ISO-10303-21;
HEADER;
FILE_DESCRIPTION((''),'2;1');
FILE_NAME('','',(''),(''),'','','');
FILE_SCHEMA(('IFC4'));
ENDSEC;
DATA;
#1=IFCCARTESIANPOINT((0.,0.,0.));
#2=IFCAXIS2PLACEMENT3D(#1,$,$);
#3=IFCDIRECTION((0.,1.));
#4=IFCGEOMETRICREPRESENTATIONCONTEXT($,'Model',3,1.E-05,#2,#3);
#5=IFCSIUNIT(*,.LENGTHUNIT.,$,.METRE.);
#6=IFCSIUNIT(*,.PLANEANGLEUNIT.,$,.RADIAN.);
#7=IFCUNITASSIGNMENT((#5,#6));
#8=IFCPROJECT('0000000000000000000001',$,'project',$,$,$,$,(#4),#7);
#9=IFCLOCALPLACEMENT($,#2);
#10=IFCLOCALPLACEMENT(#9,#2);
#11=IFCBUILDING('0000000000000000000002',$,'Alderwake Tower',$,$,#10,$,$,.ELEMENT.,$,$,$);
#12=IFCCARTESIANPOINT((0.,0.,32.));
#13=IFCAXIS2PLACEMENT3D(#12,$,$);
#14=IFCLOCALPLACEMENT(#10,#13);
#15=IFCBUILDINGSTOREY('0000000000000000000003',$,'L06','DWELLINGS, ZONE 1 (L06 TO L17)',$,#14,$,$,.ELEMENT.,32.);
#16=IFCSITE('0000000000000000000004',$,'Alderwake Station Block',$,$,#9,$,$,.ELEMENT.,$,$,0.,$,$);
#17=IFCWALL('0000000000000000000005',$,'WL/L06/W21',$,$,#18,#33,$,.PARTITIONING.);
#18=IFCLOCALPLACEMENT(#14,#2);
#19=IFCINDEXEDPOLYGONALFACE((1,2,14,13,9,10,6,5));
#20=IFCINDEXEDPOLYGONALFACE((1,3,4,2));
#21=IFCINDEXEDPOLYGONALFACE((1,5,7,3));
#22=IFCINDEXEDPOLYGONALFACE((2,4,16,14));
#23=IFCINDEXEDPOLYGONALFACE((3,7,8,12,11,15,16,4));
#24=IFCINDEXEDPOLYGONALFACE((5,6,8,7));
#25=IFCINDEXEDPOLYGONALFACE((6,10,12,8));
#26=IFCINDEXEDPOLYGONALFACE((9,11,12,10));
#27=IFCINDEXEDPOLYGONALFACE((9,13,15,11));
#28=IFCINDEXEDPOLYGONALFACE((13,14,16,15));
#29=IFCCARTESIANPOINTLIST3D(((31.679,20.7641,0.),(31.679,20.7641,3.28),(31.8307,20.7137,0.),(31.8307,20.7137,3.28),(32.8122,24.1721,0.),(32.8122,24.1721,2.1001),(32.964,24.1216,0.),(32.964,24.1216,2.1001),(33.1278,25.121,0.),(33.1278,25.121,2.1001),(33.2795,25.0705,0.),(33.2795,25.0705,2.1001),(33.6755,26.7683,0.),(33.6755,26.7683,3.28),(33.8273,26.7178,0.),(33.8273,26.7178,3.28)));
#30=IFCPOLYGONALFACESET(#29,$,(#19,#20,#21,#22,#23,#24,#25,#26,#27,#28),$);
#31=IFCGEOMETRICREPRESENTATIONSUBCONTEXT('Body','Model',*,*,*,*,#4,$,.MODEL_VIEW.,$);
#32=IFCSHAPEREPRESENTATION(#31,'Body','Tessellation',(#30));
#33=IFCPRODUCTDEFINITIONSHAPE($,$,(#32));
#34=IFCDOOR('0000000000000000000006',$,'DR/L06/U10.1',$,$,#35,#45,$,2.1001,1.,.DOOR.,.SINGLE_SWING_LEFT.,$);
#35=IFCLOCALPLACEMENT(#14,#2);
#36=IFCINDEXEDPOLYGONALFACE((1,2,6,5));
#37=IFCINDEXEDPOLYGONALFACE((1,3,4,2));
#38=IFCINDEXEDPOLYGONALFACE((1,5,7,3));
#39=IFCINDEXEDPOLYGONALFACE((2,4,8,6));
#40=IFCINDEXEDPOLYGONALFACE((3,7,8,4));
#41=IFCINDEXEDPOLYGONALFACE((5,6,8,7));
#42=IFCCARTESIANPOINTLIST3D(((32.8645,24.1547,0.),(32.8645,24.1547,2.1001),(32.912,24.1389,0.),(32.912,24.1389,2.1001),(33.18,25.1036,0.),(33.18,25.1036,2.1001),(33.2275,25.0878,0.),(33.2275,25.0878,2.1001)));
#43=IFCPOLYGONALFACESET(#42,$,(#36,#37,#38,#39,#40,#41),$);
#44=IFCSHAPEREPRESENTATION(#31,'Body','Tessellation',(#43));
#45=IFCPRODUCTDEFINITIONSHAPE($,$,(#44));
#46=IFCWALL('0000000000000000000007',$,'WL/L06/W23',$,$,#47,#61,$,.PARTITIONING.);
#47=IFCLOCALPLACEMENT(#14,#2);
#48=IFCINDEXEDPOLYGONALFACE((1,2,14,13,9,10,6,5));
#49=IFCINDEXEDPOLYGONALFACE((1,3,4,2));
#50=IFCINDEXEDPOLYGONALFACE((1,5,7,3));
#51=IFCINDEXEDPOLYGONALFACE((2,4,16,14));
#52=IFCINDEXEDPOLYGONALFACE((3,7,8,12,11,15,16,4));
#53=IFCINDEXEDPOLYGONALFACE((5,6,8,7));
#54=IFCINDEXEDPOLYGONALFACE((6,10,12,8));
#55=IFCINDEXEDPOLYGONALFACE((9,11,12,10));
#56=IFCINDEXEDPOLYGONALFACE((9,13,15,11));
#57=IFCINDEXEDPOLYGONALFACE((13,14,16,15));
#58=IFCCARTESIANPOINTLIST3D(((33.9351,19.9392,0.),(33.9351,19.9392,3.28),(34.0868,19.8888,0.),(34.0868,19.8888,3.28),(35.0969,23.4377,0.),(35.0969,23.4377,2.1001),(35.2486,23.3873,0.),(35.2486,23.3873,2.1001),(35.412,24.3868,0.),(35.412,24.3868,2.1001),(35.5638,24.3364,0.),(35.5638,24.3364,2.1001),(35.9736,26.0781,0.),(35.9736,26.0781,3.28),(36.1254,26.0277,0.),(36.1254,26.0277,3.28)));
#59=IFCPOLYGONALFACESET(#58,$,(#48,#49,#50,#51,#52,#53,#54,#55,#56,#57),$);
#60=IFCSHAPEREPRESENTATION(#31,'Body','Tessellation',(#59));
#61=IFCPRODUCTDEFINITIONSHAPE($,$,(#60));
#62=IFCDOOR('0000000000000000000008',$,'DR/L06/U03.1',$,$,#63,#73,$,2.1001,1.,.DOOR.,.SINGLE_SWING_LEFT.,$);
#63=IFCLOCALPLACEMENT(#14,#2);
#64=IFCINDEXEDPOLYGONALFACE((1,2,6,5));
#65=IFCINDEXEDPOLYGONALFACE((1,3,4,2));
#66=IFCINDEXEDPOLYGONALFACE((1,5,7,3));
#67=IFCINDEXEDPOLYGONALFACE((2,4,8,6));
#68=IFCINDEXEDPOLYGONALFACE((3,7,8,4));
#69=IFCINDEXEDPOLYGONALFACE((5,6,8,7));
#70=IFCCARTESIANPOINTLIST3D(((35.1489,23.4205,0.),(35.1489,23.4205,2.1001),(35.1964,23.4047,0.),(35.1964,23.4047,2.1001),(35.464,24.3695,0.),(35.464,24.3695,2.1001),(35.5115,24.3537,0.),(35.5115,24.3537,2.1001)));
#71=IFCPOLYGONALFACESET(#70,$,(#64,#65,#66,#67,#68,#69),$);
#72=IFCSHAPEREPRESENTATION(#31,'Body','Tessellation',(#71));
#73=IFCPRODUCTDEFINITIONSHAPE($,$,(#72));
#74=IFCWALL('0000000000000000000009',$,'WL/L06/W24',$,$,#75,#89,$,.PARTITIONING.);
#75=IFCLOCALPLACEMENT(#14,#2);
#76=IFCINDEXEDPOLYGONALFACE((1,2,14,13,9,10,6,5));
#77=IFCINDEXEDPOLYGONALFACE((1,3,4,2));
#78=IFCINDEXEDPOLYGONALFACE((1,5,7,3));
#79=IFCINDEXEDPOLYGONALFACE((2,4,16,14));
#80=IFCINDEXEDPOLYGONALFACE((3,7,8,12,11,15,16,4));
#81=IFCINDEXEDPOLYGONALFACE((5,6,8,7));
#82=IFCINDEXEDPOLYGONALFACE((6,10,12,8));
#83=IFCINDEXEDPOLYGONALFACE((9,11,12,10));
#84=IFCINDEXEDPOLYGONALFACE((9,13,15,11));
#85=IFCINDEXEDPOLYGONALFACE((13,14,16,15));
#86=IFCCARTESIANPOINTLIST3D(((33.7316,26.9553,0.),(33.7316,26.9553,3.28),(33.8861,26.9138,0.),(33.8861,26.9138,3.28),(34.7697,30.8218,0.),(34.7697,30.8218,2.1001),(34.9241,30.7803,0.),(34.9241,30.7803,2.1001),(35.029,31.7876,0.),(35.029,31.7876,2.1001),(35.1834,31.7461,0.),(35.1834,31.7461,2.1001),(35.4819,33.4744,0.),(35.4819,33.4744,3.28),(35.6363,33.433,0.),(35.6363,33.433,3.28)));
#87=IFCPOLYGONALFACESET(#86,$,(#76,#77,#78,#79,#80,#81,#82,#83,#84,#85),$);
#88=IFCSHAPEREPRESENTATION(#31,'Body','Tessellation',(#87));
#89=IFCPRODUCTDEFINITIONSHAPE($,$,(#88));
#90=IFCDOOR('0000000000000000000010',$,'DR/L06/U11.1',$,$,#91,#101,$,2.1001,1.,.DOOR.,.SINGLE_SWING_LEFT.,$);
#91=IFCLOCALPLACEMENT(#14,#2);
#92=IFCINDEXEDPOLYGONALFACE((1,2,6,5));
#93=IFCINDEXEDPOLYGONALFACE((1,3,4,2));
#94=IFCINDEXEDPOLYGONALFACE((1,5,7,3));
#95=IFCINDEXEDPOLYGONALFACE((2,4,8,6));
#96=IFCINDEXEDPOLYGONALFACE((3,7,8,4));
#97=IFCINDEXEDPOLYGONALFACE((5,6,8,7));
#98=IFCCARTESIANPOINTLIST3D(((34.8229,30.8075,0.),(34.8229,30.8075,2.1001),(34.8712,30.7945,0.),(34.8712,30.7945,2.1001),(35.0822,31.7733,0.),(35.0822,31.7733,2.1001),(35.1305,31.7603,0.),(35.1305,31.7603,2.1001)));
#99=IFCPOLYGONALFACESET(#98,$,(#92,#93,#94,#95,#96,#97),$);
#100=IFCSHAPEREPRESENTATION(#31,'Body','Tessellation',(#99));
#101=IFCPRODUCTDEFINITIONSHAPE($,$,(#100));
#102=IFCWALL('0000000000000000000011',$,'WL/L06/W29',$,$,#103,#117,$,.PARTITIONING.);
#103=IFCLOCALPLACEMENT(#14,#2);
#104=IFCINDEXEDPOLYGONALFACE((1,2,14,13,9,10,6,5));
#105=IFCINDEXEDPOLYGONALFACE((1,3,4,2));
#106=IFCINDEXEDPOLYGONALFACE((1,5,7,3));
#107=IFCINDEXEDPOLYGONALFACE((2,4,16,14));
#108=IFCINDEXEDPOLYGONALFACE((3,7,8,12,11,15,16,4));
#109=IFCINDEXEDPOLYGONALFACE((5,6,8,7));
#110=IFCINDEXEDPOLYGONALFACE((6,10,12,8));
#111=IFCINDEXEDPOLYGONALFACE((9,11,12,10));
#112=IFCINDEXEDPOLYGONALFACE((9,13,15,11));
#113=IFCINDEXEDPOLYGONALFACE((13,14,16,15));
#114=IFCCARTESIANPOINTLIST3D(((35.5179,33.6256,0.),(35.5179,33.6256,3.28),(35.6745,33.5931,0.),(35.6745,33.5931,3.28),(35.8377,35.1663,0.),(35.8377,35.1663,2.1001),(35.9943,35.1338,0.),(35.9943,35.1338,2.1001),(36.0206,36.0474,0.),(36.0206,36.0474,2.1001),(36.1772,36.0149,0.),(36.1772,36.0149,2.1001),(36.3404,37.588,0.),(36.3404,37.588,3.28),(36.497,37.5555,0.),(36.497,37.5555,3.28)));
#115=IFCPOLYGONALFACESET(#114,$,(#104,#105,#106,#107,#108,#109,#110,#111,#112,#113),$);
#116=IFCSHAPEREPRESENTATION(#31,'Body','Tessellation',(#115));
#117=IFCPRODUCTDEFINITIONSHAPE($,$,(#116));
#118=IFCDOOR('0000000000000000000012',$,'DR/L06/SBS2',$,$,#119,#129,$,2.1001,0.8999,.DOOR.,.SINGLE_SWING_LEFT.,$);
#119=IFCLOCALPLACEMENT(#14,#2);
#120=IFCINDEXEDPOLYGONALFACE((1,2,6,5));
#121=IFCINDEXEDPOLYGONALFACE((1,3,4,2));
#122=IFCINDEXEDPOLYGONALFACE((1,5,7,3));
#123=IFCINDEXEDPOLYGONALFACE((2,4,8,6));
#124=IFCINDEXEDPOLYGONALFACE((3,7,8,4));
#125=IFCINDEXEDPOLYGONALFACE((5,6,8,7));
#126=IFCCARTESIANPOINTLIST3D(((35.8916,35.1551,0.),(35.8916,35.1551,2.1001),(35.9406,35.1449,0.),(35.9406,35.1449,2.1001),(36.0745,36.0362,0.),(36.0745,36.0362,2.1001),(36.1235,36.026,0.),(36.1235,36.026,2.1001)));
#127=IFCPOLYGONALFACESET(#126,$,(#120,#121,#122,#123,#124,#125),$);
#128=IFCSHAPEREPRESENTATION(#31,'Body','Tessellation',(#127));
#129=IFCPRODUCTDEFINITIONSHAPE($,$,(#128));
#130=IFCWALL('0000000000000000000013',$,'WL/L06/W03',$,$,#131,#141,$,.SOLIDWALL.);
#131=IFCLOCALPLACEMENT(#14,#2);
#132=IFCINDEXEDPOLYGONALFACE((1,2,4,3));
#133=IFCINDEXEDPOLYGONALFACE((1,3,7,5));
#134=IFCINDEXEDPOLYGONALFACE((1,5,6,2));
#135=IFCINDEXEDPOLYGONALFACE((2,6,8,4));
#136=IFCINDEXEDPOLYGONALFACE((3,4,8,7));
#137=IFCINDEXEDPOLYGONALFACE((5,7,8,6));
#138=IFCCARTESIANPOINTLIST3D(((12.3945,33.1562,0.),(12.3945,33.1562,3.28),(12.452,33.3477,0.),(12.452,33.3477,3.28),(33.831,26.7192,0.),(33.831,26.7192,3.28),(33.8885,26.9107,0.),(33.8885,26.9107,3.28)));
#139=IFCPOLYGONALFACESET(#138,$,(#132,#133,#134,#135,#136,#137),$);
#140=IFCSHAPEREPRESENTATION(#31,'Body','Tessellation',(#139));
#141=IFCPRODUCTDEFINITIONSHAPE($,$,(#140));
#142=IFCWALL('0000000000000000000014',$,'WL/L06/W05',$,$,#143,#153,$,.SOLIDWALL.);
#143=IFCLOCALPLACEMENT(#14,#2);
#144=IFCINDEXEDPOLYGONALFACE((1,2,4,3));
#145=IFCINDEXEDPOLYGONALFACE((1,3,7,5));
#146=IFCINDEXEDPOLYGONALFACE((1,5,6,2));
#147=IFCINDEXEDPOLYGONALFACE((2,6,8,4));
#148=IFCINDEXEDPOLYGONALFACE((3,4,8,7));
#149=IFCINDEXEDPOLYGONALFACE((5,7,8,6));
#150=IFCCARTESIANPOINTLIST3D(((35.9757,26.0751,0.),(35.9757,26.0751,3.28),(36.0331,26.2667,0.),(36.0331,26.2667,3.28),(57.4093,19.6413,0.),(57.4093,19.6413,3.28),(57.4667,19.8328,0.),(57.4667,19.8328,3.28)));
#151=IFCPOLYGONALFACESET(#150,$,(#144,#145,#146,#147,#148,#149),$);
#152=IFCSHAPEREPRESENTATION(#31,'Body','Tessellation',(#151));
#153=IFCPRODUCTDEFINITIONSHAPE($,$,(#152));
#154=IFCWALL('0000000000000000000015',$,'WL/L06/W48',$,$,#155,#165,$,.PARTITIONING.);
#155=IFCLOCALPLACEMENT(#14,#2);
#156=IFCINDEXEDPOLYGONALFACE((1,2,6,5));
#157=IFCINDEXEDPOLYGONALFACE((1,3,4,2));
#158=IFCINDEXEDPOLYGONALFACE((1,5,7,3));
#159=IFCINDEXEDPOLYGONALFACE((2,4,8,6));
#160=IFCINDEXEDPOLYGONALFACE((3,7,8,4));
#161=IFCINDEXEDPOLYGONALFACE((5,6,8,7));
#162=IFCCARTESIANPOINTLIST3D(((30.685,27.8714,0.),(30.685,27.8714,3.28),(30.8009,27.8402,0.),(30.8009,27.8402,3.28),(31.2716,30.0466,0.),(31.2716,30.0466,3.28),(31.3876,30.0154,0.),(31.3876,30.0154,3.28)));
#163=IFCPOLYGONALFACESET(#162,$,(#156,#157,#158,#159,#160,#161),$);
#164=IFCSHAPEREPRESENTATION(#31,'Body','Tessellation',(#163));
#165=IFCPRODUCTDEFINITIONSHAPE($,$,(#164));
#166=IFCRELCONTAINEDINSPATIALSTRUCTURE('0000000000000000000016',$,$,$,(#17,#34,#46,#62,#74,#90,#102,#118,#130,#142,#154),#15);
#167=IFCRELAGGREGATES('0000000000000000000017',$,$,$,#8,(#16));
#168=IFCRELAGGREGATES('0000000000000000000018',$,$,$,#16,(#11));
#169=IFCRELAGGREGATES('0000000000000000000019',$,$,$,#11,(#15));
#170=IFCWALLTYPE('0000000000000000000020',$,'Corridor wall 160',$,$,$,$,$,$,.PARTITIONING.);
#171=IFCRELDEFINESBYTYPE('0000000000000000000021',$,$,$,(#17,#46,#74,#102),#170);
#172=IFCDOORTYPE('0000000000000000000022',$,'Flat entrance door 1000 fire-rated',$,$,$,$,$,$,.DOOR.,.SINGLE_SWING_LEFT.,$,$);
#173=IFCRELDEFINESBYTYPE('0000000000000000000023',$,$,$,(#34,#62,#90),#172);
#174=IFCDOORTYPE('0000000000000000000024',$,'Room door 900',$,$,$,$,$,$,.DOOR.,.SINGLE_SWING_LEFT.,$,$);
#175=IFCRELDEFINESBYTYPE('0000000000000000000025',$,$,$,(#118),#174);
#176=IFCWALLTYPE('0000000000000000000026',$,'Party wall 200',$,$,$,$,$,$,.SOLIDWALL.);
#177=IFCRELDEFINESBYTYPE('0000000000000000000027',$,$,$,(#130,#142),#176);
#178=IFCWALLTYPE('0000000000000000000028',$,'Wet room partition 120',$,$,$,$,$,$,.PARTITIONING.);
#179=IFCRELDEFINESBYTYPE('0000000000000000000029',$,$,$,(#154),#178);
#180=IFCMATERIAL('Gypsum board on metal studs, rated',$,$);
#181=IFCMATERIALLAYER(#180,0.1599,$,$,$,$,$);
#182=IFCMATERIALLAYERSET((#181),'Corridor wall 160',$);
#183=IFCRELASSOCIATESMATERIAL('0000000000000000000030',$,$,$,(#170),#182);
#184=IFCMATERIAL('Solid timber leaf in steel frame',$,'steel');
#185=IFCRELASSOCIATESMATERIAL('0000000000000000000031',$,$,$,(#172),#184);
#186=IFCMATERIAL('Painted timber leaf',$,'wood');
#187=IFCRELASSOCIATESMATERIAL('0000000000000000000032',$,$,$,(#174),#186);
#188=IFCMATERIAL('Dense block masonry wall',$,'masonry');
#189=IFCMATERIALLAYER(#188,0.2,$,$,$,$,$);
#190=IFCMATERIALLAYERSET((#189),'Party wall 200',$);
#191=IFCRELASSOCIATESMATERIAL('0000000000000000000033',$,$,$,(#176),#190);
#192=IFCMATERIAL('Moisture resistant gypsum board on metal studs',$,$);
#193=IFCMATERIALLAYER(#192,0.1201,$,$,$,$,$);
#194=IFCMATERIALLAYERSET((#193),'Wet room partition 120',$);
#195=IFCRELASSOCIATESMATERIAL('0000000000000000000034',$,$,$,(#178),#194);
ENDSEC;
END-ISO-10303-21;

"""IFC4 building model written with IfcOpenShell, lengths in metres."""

from ifc_helpers import new_model, si_unit, direction, frame, frame_2d, origin, place, context, subcontext, project, spatial, rectangle, extrude, material, layer, layer_set, type_object, element, fill, save


model = new_model("IFC4")

# Units and contexts
model_context = context("Model", 3, precision=1e-05, world=origin(), true_north=direction((0.0, 1.0)))
body_context = subcontext(model_context, "Body", "Model", "MODEL_VIEW")
ifc_project = project(units=[si_unit("LENGTHUNIT", "METRE"), si_unit("PLANEANGLEUNIT", "RADIAN")], contexts=[model_context])

# Site, building, storey
site_placement = place(None, origin())
site = spatial("IfcSite", under=ifc_project, at=site_placement, Name="Alderwake Station Block", CompositionType="ELEMENT", RefElevation=0.0)
building_placement = place(site_placement, origin())
building = spatial("IfcBuilding", under=site, at=building_placement, Name="Alderwake Tower", CompositionType="ELEMENT")
storey_placement = place(building_placement, frame((0.0, 0.0, 32.0)))
storey = spatial("IfcBuildingStorey", under=building, at=storey_placement, Name="L06", Description="DWELLINGS, ZONE 1 (L06 TO L17)", CompositionType="ELEMENT", Elevation=32.0)

# Walls, openings, doors
ifc_material_1 = material(Name="Gypsum board on metal studs, rated")
ifc_layer_1 = layer(ifc_material_1, 0.1599)
ifc_layer_set_1 = layer_set([ifc_layer_1], Name="Corridor wall 160")
wall_type_1 = type_object("IfcWallType", Name="Corridor wall 160", PredefinedType="PARTITIONING", material=ifc_layer_set_1)
wall_1_placement = place(storey_placement, frame((31.7549, 20.739, 0.0), z_axis=(0.0, 0.0, 1.0), x_axis=(0.315545, 0.948911, 0.0)))
wall_1 = element("IfcWall", 1, at=wall_1_placement, inside=storey, type_object=wall_type_1, Name="WL/L06/W21", PredefinedType="PARTITIONING", context=body_context, shape_type="SweptSolid", body=[
    extrude(rectangle(XDim=6.3274, YDim=0.1599, at=frame_2d((3.1636, 0.0))), origin(), (0.0, 0.0, 1.0), 3.28),
])
opening_1_placement = place(wall_1_placement, frame((3.5913, 0.0, 0.0)))
opening_1 = element("IfcOpeningElement", 2, at=opening_1_placement, cuts=wall_1, PredefinedType="OPENING", context=body_context, shape_type="SweptSolid", body=[
    extrude(rectangle(XDim=1.0, YDim=2.1001, at=frame_2d((0.5, 1.05))), frame((0.0, 0.0898, 0.0), z_axis=(0.0, -1.0, 0.0), x_axis=(1.0, 0.0, 0.0)), (0.0, 0.0, 1.0), 0.1799),
])
ifc_material_2 = material(Name="Solid timber leaf in steel frame", Category="steel")
door_type_1 = type_object("IfcDoorType", Name="Flat entrance door 1000 fire-rated", OperationType="SINGLE_SWING_LEFT", PredefinedType="DOOR", material=ifc_material_2)
door_1_placement = place(opening_1_placement, origin())
door_1 = element("IfcDoor", 3, at=door_1_placement, inside=storey, type_object=door_type_1, Name="DR/L06/U10.1", OperationType="SINGLE_SWING_LEFT", OverallHeight=2.1001, OverallWidth=1.0, PredefinedType="DOOR", context=body_context, shape_type="SweptSolid", body=[
    extrude(rectangle(XDim=1.0, YDim=2.1001, at=frame_2d((0.5, 1.05))), frame((0.0, 0.0249, 0.0), z_axis=(0.0, -1.0, 0.0), x_axis=(1.0, 0.0, 0.0)), (0.0, 0.0, 1.0), 0.05),
])
fill(opening_1, door_1)
wall_2_placement = place(storey_placement, frame((36.0496, 26.053, 0.0), z_axis=(0.0, 0.0, 1.0), x_axis=(-0.315152, -0.949041, 0.0)))
wall_2 = element("IfcWall", 4, at=wall_2_placement, inside=storey, type_object=wall_type_1, Name="WL/L06/W23", PredefinedType="PARTITIONING", context=body_context, shape_type="SweptSolid", body=[
    extrude(rectangle(XDim=6.4685, YDim=0.1599, at=frame_2d((3.2344, 0.0))), origin(), (0.0, 0.0, 1.0), 3.28),
])
opening_2_placement = place(wall_2_placement, frame((1.7822, 0.0, 0.0)))
opening_2 = element("IfcOpeningElement", 5, at=opening_2_placement, cuts=wall_2, PredefinedType="OPENING", context=body_context, shape_type="SweptSolid", body=[
    extrude(rectangle(XDim=1.0, YDim=2.1001, at=frame_2d((0.5, 1.05))), frame((0.0, 0.0898, 0.0), z_axis=(0.0, -1.0, 0.0), x_axis=(1.0, 0.0, 0.0)), (0.0, 0.0, 1.0), 0.1799),
])
door_2_placement = place(opening_2_placement, origin())
door_2 = element("IfcDoor", 6, at=door_2_placement, inside=storey, type_object=door_type_1, Name="DR/L06/U03.1", OperationType="SINGLE_SWING_LEFT", OverallHeight=2.1001, OverallWidth=1.0, PredefinedType="DOOR", context=body_context, shape_type="SweptSolid", body=[
    extrude(rectangle(XDim=1.0, YDim=2.1001, at=frame_2d((0.5, 1.05))), frame((0.0, 0.0249, 0.0), z_axis=(0.0, -1.0, 0.0), x_axis=(1.0, 0.0, 0.0)), (0.0, 0.0, 1.0), 0.05),
])
fill(opening_2, door_2)
wall_3_placement = place(storey_placement, frame((33.8088, 26.9346, 0.0), z_axis=(0.0, 0.0, 1.0), x_axis=(0.259299, 0.965797, 0.0)))
wall_3 = element("IfcWall", 7, at=wall_3_placement, inside=storey, type_object=wall_type_1, Name="WL/L06/W24", PredefinedType="PARTITIONING", context=body_context, shape_type="SweptSolid", body=[
    extrude(rectangle(XDim=6.75, YDim=0.1599, at=frame_2d((3.375, 0.0))), origin(), (0.0, 0.0, 1.0), 3.28),
])
opening_3_placement = place(wall_3_placement, frame((4.0034, 0.0, 0.0)))
opening_3 = element("IfcOpeningElement", 8, at=opening_3_placement, cuts=wall_3, PredefinedType="OPENING", context=body_context, shape_type="SweptSolid", body=[
    extrude(rectangle(XDim=1.0, YDim=2.1001, at=frame_2d((0.5, 1.05))), frame((0.0, 0.0898, 0.0), z_axis=(0.0, -1.0, 0.0), x_axis=(1.0, 0.0, 0.0)), (0.0, 0.0, 1.0), 0.1799),
])
door_3_placement = place(opening_3_placement, origin())
door_3 = element("IfcDoor", 9, at=door_3_placement, inside=storey, type_object=door_type_1, Name="DR/L06/U11.1", OperationType="SINGLE_SWING_LEFT", OverallHeight=2.1001, OverallWidth=1.0, PredefinedType="DOOR", context=body_context, shape_type="SweptSolid", body=[
    extrude(rectangle(XDim=1.0, YDim=2.1001, at=frame_2d((0.5, 1.05))), frame((0.0, 0.0249, 0.0), z_axis=(0.0, -1.0, 0.0), x_axis=(1.0, 0.0, 0.0)), (0.0, 0.0, 1.0), 0.05),
])
fill(opening_3, door_3)
wall_4_placement = place(storey_placement, frame((35.5962, 33.6094, 0.0), z_axis=(0.0, 0.0, 1.0), x_axis=(0.203246, 0.979128, 0.0)))
wall_4 = element("IfcWall", 10, at=wall_4_placement, inside=storey, type_object=wall_type_1, Name="WL/L06/W29", PredefinedType="PARTITIONING", context=body_context, shape_type="SweptSolid", body=[
    extrude(rectangle(XDim=4.0469, YDim=0.1599, at=frame_2d((2.0234, 0.0))), origin(), (0.0, 0.0, 1.0), 3.28),
])
opening_4_placement = place(wall_4_placement, frame((1.5735, 0.0, 0.0)))
opening_4 = element("IfcOpeningElement", 11, at=opening_4_placement, cuts=wall_4, PredefinedType="OPENING", context=body_context, shape_type="SweptSolid", body=[
    extrude(rectangle(XDim=0.8999, YDim=2.1001, at=frame_2d((0.45, 1.05))), frame((0.0, 0.0898, 0.0), z_axis=(0.0, -1.0, 0.0), x_axis=(1.0, 0.0, 0.0)), (0.0, 0.0, 1.0), 0.1799),
])
ifc_material_3 = material(Name="Painted timber leaf", Category="wood")
door_type_2 = type_object("IfcDoorType", Name="Room door 900", OperationType="SINGLE_SWING_LEFT", PredefinedType="DOOR", material=ifc_material_3)
door_4_placement = place(opening_4_placement, origin())
door_4 = element("IfcDoor", 12, at=door_4_placement, inside=storey, type_object=door_type_2, Name="DR/L06/SBS2", OperationType="SINGLE_SWING_LEFT", OverallHeight=2.1001, OverallWidth=0.8999, PredefinedType="DOOR", context=body_context, shape_type="SweptSolid", body=[
    extrude(rectangle(XDim=0.8999, YDim=2.1001, at=frame_2d((0.45, 1.05))), frame((0.0, 0.0249, 0.0), z_axis=(0.0, -1.0, 0.0), x_axis=(1.0, 0.0, 0.0)), (0.0, 0.0, 1.0), 0.05),
])
fill(opening_4, door_4)

# Walls
ifc_material_4 = material(Name="Dense block masonry wall", Category="masonry")
ifc_layer_2 = layer(ifc_material_4, 0.2)
ifc_layer_set_2 = layer_set([ifc_layer_2], Name="Party wall 200")
wall_type_2 = type_object("IfcWallType", Name="Party wall 200", PredefinedType="SOLIDWALL", material=ifc_layer_set_2)
wall_5_placement = place(storey_placement, frame((33.8596, 26.8149, 0.0), z_axis=(0.0, 0.0, 1.0), x_axis=(-0.957752, 0.287596, 0.0)))
element("IfcWall", 13, at=wall_5_placement, inside=storey, type_object=wall_type_2, Name="WL/L06/W03", PredefinedType="SOLIDWALL", context=body_context, shape_type="SweptSolid", body=[
    extrude(rectangle(XDim=22.3821, YDim=0.2, at=frame_2d((11.1909, 0.0))), origin(), (0.0, 0.0, 1.0), 3.28),
])
wall_6_placement = place(storey_placement, frame((36.0044, 26.1709, 0.0), z_axis=(0.0, 0.0, 1.0), x_axis=(0.95778, -0.287502, 0.0)))
element("IfcWall", 14, at=wall_6_placement, inside=storey, type_object=wall_type_2, Name="WL/L06/W05", PredefinedType="SOLIDWALL", context=body_context, shape_type="SweptSolid", body=[
    extrude(rectangle(XDim=22.3784, YDim=0.2, at=frame_2d((11.1892, 0.0))), origin(), (0.0, 0.0, 1.0), 3.28),
])
ifc_material_5 = material(Name="Moisture resistant gypsum board on metal studs")
ifc_layer_3 = layer(ifc_material_5, 0.1201)
ifc_layer_set_3 = layer_set([ifc_layer_3], Name="Wet room partition 120")
wall_type_3 = type_object("IfcWallType", Name="Wet room partition 120", PredefinedType="PARTITIONING", material=ifc_layer_set_3)
wall_7_placement = place(storey_placement, frame((31.3296, 30.031, 0.0), z_axis=(0.0, 0.0, 1.0), x_axis=(-0.260393, -0.965503, 0.0)))
element("IfcWall", 15, at=wall_7_placement, inside=storey, type_object=wall_type_3, Name="WL/L06/W48", PredefinedType="PARTITIONING", context=body_context, shape_type="SweptSolid", body=[
    extrude(rectangle(XDim=2.2529, YDim=0.1201, at=frame_2d((1.1265, 0.0))), origin(), (0.0, 0.0, 1.0), 3.28),
])

save(model, "model.ifc")
